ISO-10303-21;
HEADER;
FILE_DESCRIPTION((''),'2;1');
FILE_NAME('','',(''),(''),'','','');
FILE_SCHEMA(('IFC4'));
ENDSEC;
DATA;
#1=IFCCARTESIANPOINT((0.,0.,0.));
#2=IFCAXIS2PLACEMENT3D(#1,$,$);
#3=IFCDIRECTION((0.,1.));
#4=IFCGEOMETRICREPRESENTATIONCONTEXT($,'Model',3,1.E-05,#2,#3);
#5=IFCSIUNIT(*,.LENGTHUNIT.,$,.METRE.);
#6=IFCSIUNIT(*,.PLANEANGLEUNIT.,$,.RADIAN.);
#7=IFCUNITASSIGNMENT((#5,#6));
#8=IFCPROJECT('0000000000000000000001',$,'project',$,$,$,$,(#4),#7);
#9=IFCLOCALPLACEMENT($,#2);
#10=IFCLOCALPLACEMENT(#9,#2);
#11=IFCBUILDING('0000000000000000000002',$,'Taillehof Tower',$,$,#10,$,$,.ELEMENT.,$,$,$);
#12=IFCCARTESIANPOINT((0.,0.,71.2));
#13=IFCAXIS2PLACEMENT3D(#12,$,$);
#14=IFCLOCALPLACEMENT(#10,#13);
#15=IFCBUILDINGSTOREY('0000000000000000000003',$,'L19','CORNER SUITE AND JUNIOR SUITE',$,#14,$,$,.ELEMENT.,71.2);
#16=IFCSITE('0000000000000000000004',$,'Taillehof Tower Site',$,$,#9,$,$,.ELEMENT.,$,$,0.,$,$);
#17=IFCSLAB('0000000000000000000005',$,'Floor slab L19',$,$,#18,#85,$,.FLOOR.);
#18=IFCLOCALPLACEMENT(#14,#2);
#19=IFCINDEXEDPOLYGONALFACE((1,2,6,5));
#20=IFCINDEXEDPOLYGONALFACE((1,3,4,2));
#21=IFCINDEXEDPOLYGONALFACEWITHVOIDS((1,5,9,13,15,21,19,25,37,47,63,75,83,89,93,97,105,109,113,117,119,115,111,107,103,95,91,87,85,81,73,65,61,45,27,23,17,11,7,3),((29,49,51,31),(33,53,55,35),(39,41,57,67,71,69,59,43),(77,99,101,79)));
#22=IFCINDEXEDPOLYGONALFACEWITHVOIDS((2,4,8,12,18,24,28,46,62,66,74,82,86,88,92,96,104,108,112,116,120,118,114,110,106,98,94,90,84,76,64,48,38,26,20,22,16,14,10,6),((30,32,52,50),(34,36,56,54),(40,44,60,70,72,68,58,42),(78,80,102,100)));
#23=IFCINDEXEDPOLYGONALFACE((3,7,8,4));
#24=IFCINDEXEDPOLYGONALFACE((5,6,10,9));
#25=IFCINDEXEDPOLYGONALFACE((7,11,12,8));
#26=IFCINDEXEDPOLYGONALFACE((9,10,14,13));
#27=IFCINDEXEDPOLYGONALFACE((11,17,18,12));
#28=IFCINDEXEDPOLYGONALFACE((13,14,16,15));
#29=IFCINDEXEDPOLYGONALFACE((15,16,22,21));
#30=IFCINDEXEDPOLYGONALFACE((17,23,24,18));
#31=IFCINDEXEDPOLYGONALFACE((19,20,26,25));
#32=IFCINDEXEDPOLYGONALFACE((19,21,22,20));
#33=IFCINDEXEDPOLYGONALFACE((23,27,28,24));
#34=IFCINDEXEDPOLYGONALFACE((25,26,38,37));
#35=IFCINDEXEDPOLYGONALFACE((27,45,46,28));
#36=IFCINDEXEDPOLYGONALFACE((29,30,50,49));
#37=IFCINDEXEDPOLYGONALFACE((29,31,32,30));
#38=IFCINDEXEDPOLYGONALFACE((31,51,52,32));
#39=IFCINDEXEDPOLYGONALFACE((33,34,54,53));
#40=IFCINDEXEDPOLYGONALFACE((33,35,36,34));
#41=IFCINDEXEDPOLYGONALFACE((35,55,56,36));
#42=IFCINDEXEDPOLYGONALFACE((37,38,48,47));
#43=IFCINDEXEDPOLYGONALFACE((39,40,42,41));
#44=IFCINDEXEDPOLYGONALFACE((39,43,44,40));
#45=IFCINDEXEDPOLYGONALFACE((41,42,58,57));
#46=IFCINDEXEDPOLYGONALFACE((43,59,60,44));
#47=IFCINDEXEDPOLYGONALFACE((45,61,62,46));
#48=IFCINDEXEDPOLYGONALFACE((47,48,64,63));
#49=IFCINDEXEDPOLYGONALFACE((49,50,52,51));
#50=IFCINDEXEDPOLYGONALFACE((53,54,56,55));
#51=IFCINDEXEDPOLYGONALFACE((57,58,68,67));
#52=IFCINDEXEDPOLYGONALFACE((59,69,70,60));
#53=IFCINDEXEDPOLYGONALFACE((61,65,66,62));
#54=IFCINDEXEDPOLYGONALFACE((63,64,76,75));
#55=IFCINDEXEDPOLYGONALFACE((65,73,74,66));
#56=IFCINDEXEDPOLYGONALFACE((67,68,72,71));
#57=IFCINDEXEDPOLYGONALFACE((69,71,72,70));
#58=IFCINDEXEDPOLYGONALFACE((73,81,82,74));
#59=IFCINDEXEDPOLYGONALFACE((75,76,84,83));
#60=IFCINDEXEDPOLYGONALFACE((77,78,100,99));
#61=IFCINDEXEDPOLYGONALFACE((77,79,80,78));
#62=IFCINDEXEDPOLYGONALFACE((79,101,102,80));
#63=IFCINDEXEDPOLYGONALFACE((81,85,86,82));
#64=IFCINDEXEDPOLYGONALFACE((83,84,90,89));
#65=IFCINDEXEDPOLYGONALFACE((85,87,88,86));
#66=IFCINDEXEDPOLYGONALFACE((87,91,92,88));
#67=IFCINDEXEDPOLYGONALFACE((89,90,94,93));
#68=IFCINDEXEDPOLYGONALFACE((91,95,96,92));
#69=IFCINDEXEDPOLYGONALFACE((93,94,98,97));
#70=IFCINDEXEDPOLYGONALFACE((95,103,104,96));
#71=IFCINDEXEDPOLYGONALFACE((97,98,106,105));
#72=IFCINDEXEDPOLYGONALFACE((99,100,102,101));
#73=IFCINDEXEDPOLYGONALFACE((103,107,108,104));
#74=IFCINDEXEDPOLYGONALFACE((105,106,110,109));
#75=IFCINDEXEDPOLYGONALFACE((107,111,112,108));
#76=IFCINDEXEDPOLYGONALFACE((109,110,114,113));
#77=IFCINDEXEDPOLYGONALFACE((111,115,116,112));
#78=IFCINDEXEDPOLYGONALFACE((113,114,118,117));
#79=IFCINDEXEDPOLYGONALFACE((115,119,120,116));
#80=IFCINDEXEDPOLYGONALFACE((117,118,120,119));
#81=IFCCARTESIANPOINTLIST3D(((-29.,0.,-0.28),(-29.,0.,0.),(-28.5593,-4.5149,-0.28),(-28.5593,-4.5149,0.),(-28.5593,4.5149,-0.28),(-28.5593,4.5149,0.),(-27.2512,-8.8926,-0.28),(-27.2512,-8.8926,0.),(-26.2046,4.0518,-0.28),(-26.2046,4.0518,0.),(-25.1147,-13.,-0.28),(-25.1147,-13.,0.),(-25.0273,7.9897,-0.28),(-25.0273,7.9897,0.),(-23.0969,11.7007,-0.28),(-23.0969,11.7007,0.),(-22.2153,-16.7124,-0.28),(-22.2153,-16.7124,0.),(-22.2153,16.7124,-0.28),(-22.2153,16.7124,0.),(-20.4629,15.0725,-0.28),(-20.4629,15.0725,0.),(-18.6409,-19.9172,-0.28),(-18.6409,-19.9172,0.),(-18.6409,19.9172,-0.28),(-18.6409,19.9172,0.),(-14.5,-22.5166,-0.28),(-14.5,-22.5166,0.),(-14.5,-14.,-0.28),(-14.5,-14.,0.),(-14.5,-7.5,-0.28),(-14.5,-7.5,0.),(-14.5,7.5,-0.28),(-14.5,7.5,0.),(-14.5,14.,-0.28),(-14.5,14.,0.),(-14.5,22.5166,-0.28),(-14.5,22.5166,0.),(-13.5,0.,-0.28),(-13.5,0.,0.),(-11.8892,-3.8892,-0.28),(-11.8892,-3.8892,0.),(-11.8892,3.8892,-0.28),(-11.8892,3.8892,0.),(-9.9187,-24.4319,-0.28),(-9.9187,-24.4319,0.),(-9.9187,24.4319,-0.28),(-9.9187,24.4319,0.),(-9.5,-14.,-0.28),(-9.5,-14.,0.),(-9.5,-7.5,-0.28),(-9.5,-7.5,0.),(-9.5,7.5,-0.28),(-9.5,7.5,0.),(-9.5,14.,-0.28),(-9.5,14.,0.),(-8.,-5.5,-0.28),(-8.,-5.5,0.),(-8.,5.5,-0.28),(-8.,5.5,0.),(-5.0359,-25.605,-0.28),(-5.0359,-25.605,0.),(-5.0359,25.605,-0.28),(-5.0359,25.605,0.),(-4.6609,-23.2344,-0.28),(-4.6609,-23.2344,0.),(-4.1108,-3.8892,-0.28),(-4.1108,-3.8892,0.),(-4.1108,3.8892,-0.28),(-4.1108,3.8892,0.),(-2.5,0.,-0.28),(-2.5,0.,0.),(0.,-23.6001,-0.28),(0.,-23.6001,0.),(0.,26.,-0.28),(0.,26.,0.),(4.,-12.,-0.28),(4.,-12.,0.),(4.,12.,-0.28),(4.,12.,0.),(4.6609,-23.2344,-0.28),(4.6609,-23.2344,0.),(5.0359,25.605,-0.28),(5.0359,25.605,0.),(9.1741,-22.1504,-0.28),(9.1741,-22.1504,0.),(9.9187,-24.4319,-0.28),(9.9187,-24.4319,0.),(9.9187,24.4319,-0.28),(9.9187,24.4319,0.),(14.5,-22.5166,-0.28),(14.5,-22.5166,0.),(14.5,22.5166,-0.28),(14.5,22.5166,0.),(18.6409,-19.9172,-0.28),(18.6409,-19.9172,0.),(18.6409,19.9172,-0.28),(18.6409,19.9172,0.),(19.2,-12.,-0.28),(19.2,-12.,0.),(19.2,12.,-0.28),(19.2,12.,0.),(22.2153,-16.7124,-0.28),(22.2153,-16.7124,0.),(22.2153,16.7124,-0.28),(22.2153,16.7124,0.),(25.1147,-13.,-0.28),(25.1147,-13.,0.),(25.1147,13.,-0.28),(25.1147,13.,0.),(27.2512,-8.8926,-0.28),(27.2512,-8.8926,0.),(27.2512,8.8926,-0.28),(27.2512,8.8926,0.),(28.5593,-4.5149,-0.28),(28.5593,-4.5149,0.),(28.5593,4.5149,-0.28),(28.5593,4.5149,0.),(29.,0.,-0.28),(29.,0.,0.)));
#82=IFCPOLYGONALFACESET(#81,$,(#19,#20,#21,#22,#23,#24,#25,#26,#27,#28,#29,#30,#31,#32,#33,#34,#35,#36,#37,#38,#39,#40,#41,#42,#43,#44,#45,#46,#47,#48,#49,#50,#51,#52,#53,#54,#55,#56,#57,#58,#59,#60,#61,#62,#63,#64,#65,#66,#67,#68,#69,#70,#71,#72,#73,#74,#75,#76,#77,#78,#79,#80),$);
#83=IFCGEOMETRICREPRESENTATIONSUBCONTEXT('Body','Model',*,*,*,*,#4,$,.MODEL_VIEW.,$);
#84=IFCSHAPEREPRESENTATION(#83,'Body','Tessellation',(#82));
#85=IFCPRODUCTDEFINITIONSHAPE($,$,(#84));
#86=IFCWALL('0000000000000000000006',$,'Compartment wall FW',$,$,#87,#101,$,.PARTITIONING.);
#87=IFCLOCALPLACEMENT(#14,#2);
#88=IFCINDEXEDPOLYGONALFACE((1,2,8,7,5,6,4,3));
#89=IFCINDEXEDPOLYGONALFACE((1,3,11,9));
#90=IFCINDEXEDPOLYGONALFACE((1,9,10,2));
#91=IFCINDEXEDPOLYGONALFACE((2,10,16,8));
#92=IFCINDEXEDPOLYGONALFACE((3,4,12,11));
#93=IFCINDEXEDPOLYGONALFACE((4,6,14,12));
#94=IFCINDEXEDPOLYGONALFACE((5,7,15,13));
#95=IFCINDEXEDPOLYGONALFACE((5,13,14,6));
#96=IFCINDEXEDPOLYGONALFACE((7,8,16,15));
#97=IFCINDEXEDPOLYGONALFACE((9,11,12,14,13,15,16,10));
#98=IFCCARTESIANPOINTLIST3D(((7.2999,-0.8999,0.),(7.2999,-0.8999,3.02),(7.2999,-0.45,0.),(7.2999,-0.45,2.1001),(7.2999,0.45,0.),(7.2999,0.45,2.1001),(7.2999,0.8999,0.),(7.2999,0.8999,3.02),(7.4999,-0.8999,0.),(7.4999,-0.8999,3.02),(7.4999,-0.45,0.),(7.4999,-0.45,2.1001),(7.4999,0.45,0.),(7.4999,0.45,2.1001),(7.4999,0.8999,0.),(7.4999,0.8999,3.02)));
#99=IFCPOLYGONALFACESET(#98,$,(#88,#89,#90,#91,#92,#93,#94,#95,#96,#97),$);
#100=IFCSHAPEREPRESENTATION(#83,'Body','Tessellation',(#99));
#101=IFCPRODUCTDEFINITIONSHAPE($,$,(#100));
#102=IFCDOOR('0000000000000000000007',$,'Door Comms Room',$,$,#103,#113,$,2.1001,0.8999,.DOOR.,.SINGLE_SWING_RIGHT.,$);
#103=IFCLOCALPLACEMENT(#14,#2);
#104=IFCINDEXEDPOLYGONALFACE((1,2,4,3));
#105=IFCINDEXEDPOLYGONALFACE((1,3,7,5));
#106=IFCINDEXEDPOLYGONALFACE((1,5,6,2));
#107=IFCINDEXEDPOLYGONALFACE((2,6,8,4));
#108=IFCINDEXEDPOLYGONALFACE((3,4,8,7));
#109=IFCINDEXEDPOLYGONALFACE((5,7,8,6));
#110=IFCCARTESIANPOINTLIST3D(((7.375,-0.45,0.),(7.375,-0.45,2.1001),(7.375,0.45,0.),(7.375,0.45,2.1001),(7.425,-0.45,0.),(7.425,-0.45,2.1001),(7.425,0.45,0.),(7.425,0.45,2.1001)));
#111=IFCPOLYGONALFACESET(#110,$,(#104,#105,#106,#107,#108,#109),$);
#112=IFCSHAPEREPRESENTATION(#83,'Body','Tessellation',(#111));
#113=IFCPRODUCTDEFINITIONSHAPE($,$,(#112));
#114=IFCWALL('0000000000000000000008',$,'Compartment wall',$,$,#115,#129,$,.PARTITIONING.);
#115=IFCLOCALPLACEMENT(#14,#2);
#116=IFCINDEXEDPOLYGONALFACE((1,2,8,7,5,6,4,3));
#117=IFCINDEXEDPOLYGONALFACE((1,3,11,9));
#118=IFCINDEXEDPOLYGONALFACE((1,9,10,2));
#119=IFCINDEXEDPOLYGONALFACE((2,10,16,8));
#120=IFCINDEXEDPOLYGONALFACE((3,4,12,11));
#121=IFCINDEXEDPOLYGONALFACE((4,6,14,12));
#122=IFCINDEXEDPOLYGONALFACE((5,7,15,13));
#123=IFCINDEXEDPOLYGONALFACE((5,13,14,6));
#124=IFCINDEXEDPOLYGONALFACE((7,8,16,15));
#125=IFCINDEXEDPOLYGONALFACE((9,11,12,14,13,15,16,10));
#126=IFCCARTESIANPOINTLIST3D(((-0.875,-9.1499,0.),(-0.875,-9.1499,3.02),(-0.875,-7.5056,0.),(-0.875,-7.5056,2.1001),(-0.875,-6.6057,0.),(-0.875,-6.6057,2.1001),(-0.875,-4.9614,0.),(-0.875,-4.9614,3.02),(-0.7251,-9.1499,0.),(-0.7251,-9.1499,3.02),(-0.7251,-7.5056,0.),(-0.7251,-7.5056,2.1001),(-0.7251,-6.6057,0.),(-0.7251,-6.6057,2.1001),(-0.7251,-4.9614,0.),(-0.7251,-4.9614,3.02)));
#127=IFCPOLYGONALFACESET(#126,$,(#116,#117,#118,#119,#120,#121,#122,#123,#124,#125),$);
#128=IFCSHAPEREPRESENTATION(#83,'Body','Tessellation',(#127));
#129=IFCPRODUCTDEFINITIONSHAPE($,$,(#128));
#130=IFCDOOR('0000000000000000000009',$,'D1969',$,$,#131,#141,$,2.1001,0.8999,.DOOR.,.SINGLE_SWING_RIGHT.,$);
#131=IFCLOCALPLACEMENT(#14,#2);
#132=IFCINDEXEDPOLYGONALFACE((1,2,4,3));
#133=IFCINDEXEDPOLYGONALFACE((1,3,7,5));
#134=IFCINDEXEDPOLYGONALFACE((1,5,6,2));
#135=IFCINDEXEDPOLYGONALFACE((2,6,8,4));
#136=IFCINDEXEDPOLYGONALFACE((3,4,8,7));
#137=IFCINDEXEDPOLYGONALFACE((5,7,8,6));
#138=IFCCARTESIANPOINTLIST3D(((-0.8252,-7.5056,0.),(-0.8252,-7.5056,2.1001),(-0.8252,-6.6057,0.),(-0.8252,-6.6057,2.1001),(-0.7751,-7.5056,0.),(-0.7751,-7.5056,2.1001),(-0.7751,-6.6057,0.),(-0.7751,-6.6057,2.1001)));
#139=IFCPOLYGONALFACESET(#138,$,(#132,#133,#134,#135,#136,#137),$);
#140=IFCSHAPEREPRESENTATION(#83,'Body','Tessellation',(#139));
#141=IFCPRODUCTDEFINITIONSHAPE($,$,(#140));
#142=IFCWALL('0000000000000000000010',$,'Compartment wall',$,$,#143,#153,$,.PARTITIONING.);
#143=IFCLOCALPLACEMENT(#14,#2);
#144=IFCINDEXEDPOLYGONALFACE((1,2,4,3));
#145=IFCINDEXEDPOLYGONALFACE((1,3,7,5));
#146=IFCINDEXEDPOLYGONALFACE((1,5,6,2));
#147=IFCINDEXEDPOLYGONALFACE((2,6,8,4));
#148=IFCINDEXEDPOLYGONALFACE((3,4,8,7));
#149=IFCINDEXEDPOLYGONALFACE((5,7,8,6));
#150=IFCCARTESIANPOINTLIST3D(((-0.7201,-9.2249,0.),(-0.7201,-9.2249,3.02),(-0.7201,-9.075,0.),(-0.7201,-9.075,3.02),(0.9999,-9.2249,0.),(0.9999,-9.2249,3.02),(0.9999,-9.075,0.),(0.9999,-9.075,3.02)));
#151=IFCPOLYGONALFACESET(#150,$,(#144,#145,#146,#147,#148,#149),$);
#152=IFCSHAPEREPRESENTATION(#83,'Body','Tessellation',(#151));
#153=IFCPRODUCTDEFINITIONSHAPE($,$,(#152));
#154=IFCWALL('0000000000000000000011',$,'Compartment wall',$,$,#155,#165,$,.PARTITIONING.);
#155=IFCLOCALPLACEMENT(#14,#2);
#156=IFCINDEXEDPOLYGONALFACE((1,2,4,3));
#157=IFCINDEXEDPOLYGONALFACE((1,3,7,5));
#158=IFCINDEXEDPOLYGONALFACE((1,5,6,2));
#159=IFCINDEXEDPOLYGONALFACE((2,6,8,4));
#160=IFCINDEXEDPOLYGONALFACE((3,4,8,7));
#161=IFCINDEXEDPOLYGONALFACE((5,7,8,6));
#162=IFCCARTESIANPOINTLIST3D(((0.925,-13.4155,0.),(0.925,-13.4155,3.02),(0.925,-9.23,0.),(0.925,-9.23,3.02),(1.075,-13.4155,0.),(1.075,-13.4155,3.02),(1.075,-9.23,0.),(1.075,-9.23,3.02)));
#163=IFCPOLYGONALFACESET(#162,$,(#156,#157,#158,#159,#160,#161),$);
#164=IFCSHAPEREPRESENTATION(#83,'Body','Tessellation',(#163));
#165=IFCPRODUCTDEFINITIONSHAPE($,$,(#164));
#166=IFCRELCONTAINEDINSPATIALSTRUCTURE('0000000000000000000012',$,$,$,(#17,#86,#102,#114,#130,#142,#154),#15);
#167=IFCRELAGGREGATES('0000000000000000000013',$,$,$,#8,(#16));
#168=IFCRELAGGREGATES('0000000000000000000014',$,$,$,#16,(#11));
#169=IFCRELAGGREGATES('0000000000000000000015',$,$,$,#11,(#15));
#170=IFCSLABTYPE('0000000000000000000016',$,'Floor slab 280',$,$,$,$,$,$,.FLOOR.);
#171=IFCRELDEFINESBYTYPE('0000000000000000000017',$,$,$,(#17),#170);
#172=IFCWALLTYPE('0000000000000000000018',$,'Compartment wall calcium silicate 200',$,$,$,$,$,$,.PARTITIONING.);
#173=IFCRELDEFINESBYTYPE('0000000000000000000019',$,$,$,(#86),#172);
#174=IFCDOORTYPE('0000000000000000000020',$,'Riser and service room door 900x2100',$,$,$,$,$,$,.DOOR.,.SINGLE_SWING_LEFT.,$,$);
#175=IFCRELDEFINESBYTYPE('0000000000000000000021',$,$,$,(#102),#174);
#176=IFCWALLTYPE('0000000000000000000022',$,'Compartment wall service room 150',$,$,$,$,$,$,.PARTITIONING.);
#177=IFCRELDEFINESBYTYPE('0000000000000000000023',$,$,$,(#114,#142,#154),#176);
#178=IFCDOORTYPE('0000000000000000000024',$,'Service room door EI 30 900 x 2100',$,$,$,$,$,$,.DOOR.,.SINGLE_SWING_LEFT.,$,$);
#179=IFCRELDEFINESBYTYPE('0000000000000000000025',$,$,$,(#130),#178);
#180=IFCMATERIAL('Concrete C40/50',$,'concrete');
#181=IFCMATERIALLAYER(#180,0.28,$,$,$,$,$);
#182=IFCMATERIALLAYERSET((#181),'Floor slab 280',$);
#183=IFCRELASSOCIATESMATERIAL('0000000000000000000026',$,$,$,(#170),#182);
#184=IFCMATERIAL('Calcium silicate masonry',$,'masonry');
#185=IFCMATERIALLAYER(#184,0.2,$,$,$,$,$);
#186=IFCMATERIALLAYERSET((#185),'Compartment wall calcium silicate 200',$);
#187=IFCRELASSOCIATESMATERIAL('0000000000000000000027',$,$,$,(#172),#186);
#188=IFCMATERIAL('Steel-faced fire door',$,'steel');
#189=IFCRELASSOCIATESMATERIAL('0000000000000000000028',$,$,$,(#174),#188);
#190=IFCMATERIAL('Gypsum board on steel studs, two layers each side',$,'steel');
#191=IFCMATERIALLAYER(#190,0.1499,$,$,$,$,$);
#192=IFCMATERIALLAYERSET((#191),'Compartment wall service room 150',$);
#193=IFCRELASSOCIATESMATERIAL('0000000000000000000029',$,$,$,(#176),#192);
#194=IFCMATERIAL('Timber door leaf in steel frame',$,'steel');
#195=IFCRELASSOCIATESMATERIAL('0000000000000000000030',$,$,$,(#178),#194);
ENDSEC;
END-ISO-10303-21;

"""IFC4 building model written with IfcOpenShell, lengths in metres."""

from ifc_helpers import new_model, si_unit, direction, frame, frame_2d, origin, place, context, subcontext, project, spatial, polyline, rectangle, outline, extrude, material, layer, layer_set, type_object, element, fill, save


model = new_model("IFC4")

# Units and contexts
model_context = context("Model", 3, precision=1e-05, world=origin(), true_north=direction((0.0, 1.0)))
body_context = subcontext(model_context, "Body", "Model", "MODEL_VIEW")
ifc_project = project(units=[si_unit("LENGTHUNIT", "METRE"), si_unit("PLANEANGLEUNIT", "RADIAN")], contexts=[model_context])

# Site, building, storey
site_placement = place(None, origin())
site = spatial("IfcSite", under=ifc_project, at=site_placement, Name="Taillehof Tower Site", CompositionType="ELEMENT", RefElevation=0.0)
building_placement = place(site_placement, origin())
building = spatial("IfcBuilding", under=site, at=building_placement, Name="Taillehof Tower", CompositionType="ELEMENT")
storey_placement = place(building_placement, frame((0.0, 0.0, 71.2)))
storey = spatial("IfcBuildingStorey", under=building, at=storey_placement, Name="L19", Description="CORNER SUITE AND JUNIOR SUITE", CompositionType="ELEMENT", Elevation=71.2)

# Slab
ifc_material_1 = material(Name="Concrete C40/50", Category="concrete")
ifc_layer_1 = layer(ifc_material_1, 0.28)
ifc_layer_set_1 = layer_set([ifc_layer_1], Name="Floor slab 280")
slab_type_1 = type_object("IfcSlabType", Name="Floor slab 280", PredefinedType="FLOOR", material=ifc_layer_set_1)
slab_1_placement = place(storey_placement, frame((0.0, 0.0, -0.28)))
element("IfcSlab", 1, at=slab_1_placement, inside=storey, type_object=slab_type_1, Name="Floor slab L19", PredefinedType="FLOOR", context=body_context, shape_type="SweptSolid", body=[
    extrude(outline(polyline([(29.0, 0.0), (28.5593, 4.5149), (27.2512, 8.8926), (25.1147, 13.0), (22.2153, 16.7124), (18.6409, 19.9172), (14.5, 22.5166), (9.9187, 24.4319), (5.0359, 25.605), (0.0, 26.0), (-5.0359, 25.605), (-9.9187, 24.4319), (-14.5, 22.5166), (-18.6409, 19.9172), (-22.2153, 16.7124), (-20.4629, 15.0725), (-23.0969, 11.7007), (-25.0273, 7.9897), (-26.2046, 4.0518), (-28.5593, 4.5149), (-29.0, 0.0), (-28.5593, -4.5149), (-27.2512, -8.8926), (-25.1147, -13.0), (-22.2153, -16.7124), (-18.6409, -19.9172), (-14.5, -22.5166), (-9.9187, -24.4319), (-5.0359, -25.605), (-4.6609, -23.2344), (0.0, -23.6001), (4.6609, -23.2344), (9.1741, -22.1504), (9.9187, -24.4319), (14.5, -22.5166), (18.6409, -19.9172), (22.2153, -16.7124), (25.1147, -13.0), (27.2512, -8.8926), (28.5593, -4.5149), (29.0, 0.0)]), holes=[polyline([(-14.5, -7.5), (-9.5, -7.5), (-9.5, -14.0), (-14.5, -14.0), (-14.5, -7.5)]), polyline([(-8.0, -5.5), (-11.8892, -3.8892), (-13.5, 0.0), (-11.8892, 3.8892), (-8.0, 5.5), (-4.1108, 3.8892), (-2.5, 0.0), (-4.1108, -3.8892), (-8.0, -5.5)]), polyline([(19.2, 12.0), (19.2, -12.0), (4.0, -12.0), (4.0, 12.0), (19.2, 12.0)]), polyline([(-14.5, 14.0), (-9.5, 14.0), (-9.5, 7.5), (-14.5, 7.5), (-14.5, 14.0)])]), origin(), (0.0, 0.0, 1.0), 0.28),
])

# Walls, openings, doors
ifc_material_2 = material(Name="Calcium silicate masonry", Category="masonry")
ifc_layer_2 = layer(ifc_material_2, 0.2)
ifc_layer_set_2 = layer_set([ifc_layer_2], Name="Compartment wall calcium silicate 200")
wall_type_1 = type_object("IfcWallType", Name="Compartment wall calcium silicate 200", PredefinedType="PARTITIONING", material=ifc_layer_set_2)
wall_1_placement = place(storey_placement, frame((7.3999, -0.8999, 0.0), z_axis=(0.0, 0.0, 1.0), x_axis=(0.0, 1.0, 0.0)))
wall_1 = element("IfcWall", 2, at=wall_1_placement, inside=storey, type_object=wall_type_1, Name="Compartment wall FW", PredefinedType="PARTITIONING", context=body_context, shape_type="SweptSolid", body=[
    extrude(rectangle(XDim=1.7998, YDim=0.2, at=frame_2d((0.8999, 0.0))), origin(), (0.0, 0.0, 1.0), 3.02),
])
opening_1_placement = place(wall_1_placement, frame((0.45, 0.0, 0.0)))
opening_1 = element("IfcOpeningElement", 3, at=opening_1_placement, cuts=wall_1, PredefinedType="OPENING", context=body_context, shape_type="SweptSolid", body=[
    extrude(rectangle(XDim=0.8999, YDim=2.1001, at=frame_2d((0.45, 1.05))), frame((0.0, 0.1099, 0.0), z_axis=(0.0, -1.0, 0.0), x_axis=(1.0, 0.0, 0.0)), (0.0, 0.0, 1.0), 0.22),
])
ifc_material_3 = material(Name="Steel-faced fire door", Category="steel")
door_type_1 = type_object("IfcDoorType", Name="Riser and service room door 900x2100", OperationType="SINGLE_SWING_LEFT", PredefinedType="DOOR", material=ifc_material_3)
door_1_placement = place(opening_1_placement, origin())
door_1 = element("IfcDoor", 4, at=door_1_placement, inside=storey, type_object=door_type_1, Name="Door Comms Room", OperationType="SINGLE_SWING_RIGHT", OverallHeight=2.1001, OverallWidth=0.8999, PredefinedType="DOOR", context=body_context, shape_type="SweptSolid", body=[
    extrude(rectangle(XDim=0.8999, YDim=2.1001, at=frame_2d((0.45, 1.05))), frame((0.0, 0.0249, 0.0), z_axis=(0.0, -1.0, 0.0), x_axis=(1.0, 0.0, 0.0)), (0.0, 0.0, 1.0), 0.05),
])
fill(opening_1, door_1)
ifc_material_4 = material(Name="Gypsum board on steel studs, two layers each side", Category="steel")
ifc_layer_3 = layer(ifc_material_4, 0.1499)
ifc_layer_set_3 = layer_set([ifc_layer_3], Name="Compartment wall service room 150")
wall_type_2 = type_object("IfcWallType", Name="Compartment wall service room 150", PredefinedType="PARTITIONING", material=ifc_layer_set_3)
wall_2_placement = place(storey_placement, frame((-0.8, -4.9614, 0.0), z_axis=(0.0, 0.0, 1.0), x_axis=(0.0, -1.0, 0.0)))
wall_2 = element("IfcWall", 5, at=wall_2_placement, inside=storey, type_object=wall_type_2, Name="Compartment wall", PredefinedType="PARTITIONING", context=body_context, shape_type="SweptSolid", body=[
    extrude(rectangle(XDim=4.1885, YDim=0.1499, at=frame_2d((2.0942, 0.0))), origin(), (0.0, 0.0, 1.0), 3.02),
])
opening_2_placement = place(wall_2_placement, frame((1.6443, 0.0, 0.0)))
opening_2 = element("IfcOpeningElement", 6, at=opening_2_placement, cuts=wall_2, PredefinedType="OPENING", context=body_context, shape_type="SweptSolid", body=[
    extrude(rectangle(XDim=0.8999, YDim=2.1001, at=frame_2d((0.45, 1.05))), frame((0.0, 0.085, 0.0), z_axis=(0.0, -1.0, 0.0), x_axis=(1.0, 0.0, 0.0)), (0.0, 0.0, 1.0), 0.1699),
])
ifc_material_5 = material(Name="Timber door leaf in steel frame", Category="steel")
door_type_2 = type_object("IfcDoorType", Name="Service room door EI 30 900 x 2100", OperationType="SINGLE_SWING_LEFT", PredefinedType="DOOR", material=ifc_material_5)
door_2_placement = place(opening_2_placement, origin())
door_2 = element("IfcDoor", 7, at=door_2_placement, inside=storey, type_object=door_type_2, Name="D1969", OperationType="SINGLE_SWING_RIGHT", OverallHeight=2.1001, OverallWidth=0.8999, PredefinedType="DOOR", context=body_context, shape_type="SweptSolid", body=[
    extrude(rectangle(XDim=0.8999, YDim=2.1001, at=frame_2d((0.45, 1.05))), frame((0.0, 0.0249, 0.0), z_axis=(0.0, -1.0, 0.0), x_axis=(1.0, 0.0, 0.0)), (0.0, 0.0, 1.0), 0.05),
])
fill(opening_2, door_2)

# Walls
wall_3_placement = place(storey_placement, frame((-0.72, -9.1499, 0.0), z_axis=(0.0, 0.0, 1.0), x_axis=(1.0, 0.0, 0.0)))
element("IfcWall", 8, at=wall_3_placement, inside=storey, type_object=wall_type_2, Name="Compartment wall", PredefinedType="PARTITIONING", context=body_context, shape_type="SweptSolid", body=[
    extrude(rectangle(XDim=1.72, YDim=0.1499, at=frame_2d((0.8599, 0.0))), origin(), (0.0, 0.0, 1.0), 3.02),
])
wall_4_placement = place(storey_placement, frame((1.0, -9.23, 0.0), z_axis=(0.0, 0.0, 1.0), x_axis=(0.0, -1.0, 0.0)))
element("IfcWall", 9, at=wall_4_placement, inside=storey, type_object=wall_type_2, Name="Compartment wall", PredefinedType="PARTITIONING", context=body_context, shape_type="SweptSolid", body=[
    extrude(rectangle(XDim=4.1855, YDim=0.1499, at=frame_2d((2.0928, 0.0))), origin(), (0.0, 0.0, 1.0), 3.02),
])

save(model, "model.ifc")
